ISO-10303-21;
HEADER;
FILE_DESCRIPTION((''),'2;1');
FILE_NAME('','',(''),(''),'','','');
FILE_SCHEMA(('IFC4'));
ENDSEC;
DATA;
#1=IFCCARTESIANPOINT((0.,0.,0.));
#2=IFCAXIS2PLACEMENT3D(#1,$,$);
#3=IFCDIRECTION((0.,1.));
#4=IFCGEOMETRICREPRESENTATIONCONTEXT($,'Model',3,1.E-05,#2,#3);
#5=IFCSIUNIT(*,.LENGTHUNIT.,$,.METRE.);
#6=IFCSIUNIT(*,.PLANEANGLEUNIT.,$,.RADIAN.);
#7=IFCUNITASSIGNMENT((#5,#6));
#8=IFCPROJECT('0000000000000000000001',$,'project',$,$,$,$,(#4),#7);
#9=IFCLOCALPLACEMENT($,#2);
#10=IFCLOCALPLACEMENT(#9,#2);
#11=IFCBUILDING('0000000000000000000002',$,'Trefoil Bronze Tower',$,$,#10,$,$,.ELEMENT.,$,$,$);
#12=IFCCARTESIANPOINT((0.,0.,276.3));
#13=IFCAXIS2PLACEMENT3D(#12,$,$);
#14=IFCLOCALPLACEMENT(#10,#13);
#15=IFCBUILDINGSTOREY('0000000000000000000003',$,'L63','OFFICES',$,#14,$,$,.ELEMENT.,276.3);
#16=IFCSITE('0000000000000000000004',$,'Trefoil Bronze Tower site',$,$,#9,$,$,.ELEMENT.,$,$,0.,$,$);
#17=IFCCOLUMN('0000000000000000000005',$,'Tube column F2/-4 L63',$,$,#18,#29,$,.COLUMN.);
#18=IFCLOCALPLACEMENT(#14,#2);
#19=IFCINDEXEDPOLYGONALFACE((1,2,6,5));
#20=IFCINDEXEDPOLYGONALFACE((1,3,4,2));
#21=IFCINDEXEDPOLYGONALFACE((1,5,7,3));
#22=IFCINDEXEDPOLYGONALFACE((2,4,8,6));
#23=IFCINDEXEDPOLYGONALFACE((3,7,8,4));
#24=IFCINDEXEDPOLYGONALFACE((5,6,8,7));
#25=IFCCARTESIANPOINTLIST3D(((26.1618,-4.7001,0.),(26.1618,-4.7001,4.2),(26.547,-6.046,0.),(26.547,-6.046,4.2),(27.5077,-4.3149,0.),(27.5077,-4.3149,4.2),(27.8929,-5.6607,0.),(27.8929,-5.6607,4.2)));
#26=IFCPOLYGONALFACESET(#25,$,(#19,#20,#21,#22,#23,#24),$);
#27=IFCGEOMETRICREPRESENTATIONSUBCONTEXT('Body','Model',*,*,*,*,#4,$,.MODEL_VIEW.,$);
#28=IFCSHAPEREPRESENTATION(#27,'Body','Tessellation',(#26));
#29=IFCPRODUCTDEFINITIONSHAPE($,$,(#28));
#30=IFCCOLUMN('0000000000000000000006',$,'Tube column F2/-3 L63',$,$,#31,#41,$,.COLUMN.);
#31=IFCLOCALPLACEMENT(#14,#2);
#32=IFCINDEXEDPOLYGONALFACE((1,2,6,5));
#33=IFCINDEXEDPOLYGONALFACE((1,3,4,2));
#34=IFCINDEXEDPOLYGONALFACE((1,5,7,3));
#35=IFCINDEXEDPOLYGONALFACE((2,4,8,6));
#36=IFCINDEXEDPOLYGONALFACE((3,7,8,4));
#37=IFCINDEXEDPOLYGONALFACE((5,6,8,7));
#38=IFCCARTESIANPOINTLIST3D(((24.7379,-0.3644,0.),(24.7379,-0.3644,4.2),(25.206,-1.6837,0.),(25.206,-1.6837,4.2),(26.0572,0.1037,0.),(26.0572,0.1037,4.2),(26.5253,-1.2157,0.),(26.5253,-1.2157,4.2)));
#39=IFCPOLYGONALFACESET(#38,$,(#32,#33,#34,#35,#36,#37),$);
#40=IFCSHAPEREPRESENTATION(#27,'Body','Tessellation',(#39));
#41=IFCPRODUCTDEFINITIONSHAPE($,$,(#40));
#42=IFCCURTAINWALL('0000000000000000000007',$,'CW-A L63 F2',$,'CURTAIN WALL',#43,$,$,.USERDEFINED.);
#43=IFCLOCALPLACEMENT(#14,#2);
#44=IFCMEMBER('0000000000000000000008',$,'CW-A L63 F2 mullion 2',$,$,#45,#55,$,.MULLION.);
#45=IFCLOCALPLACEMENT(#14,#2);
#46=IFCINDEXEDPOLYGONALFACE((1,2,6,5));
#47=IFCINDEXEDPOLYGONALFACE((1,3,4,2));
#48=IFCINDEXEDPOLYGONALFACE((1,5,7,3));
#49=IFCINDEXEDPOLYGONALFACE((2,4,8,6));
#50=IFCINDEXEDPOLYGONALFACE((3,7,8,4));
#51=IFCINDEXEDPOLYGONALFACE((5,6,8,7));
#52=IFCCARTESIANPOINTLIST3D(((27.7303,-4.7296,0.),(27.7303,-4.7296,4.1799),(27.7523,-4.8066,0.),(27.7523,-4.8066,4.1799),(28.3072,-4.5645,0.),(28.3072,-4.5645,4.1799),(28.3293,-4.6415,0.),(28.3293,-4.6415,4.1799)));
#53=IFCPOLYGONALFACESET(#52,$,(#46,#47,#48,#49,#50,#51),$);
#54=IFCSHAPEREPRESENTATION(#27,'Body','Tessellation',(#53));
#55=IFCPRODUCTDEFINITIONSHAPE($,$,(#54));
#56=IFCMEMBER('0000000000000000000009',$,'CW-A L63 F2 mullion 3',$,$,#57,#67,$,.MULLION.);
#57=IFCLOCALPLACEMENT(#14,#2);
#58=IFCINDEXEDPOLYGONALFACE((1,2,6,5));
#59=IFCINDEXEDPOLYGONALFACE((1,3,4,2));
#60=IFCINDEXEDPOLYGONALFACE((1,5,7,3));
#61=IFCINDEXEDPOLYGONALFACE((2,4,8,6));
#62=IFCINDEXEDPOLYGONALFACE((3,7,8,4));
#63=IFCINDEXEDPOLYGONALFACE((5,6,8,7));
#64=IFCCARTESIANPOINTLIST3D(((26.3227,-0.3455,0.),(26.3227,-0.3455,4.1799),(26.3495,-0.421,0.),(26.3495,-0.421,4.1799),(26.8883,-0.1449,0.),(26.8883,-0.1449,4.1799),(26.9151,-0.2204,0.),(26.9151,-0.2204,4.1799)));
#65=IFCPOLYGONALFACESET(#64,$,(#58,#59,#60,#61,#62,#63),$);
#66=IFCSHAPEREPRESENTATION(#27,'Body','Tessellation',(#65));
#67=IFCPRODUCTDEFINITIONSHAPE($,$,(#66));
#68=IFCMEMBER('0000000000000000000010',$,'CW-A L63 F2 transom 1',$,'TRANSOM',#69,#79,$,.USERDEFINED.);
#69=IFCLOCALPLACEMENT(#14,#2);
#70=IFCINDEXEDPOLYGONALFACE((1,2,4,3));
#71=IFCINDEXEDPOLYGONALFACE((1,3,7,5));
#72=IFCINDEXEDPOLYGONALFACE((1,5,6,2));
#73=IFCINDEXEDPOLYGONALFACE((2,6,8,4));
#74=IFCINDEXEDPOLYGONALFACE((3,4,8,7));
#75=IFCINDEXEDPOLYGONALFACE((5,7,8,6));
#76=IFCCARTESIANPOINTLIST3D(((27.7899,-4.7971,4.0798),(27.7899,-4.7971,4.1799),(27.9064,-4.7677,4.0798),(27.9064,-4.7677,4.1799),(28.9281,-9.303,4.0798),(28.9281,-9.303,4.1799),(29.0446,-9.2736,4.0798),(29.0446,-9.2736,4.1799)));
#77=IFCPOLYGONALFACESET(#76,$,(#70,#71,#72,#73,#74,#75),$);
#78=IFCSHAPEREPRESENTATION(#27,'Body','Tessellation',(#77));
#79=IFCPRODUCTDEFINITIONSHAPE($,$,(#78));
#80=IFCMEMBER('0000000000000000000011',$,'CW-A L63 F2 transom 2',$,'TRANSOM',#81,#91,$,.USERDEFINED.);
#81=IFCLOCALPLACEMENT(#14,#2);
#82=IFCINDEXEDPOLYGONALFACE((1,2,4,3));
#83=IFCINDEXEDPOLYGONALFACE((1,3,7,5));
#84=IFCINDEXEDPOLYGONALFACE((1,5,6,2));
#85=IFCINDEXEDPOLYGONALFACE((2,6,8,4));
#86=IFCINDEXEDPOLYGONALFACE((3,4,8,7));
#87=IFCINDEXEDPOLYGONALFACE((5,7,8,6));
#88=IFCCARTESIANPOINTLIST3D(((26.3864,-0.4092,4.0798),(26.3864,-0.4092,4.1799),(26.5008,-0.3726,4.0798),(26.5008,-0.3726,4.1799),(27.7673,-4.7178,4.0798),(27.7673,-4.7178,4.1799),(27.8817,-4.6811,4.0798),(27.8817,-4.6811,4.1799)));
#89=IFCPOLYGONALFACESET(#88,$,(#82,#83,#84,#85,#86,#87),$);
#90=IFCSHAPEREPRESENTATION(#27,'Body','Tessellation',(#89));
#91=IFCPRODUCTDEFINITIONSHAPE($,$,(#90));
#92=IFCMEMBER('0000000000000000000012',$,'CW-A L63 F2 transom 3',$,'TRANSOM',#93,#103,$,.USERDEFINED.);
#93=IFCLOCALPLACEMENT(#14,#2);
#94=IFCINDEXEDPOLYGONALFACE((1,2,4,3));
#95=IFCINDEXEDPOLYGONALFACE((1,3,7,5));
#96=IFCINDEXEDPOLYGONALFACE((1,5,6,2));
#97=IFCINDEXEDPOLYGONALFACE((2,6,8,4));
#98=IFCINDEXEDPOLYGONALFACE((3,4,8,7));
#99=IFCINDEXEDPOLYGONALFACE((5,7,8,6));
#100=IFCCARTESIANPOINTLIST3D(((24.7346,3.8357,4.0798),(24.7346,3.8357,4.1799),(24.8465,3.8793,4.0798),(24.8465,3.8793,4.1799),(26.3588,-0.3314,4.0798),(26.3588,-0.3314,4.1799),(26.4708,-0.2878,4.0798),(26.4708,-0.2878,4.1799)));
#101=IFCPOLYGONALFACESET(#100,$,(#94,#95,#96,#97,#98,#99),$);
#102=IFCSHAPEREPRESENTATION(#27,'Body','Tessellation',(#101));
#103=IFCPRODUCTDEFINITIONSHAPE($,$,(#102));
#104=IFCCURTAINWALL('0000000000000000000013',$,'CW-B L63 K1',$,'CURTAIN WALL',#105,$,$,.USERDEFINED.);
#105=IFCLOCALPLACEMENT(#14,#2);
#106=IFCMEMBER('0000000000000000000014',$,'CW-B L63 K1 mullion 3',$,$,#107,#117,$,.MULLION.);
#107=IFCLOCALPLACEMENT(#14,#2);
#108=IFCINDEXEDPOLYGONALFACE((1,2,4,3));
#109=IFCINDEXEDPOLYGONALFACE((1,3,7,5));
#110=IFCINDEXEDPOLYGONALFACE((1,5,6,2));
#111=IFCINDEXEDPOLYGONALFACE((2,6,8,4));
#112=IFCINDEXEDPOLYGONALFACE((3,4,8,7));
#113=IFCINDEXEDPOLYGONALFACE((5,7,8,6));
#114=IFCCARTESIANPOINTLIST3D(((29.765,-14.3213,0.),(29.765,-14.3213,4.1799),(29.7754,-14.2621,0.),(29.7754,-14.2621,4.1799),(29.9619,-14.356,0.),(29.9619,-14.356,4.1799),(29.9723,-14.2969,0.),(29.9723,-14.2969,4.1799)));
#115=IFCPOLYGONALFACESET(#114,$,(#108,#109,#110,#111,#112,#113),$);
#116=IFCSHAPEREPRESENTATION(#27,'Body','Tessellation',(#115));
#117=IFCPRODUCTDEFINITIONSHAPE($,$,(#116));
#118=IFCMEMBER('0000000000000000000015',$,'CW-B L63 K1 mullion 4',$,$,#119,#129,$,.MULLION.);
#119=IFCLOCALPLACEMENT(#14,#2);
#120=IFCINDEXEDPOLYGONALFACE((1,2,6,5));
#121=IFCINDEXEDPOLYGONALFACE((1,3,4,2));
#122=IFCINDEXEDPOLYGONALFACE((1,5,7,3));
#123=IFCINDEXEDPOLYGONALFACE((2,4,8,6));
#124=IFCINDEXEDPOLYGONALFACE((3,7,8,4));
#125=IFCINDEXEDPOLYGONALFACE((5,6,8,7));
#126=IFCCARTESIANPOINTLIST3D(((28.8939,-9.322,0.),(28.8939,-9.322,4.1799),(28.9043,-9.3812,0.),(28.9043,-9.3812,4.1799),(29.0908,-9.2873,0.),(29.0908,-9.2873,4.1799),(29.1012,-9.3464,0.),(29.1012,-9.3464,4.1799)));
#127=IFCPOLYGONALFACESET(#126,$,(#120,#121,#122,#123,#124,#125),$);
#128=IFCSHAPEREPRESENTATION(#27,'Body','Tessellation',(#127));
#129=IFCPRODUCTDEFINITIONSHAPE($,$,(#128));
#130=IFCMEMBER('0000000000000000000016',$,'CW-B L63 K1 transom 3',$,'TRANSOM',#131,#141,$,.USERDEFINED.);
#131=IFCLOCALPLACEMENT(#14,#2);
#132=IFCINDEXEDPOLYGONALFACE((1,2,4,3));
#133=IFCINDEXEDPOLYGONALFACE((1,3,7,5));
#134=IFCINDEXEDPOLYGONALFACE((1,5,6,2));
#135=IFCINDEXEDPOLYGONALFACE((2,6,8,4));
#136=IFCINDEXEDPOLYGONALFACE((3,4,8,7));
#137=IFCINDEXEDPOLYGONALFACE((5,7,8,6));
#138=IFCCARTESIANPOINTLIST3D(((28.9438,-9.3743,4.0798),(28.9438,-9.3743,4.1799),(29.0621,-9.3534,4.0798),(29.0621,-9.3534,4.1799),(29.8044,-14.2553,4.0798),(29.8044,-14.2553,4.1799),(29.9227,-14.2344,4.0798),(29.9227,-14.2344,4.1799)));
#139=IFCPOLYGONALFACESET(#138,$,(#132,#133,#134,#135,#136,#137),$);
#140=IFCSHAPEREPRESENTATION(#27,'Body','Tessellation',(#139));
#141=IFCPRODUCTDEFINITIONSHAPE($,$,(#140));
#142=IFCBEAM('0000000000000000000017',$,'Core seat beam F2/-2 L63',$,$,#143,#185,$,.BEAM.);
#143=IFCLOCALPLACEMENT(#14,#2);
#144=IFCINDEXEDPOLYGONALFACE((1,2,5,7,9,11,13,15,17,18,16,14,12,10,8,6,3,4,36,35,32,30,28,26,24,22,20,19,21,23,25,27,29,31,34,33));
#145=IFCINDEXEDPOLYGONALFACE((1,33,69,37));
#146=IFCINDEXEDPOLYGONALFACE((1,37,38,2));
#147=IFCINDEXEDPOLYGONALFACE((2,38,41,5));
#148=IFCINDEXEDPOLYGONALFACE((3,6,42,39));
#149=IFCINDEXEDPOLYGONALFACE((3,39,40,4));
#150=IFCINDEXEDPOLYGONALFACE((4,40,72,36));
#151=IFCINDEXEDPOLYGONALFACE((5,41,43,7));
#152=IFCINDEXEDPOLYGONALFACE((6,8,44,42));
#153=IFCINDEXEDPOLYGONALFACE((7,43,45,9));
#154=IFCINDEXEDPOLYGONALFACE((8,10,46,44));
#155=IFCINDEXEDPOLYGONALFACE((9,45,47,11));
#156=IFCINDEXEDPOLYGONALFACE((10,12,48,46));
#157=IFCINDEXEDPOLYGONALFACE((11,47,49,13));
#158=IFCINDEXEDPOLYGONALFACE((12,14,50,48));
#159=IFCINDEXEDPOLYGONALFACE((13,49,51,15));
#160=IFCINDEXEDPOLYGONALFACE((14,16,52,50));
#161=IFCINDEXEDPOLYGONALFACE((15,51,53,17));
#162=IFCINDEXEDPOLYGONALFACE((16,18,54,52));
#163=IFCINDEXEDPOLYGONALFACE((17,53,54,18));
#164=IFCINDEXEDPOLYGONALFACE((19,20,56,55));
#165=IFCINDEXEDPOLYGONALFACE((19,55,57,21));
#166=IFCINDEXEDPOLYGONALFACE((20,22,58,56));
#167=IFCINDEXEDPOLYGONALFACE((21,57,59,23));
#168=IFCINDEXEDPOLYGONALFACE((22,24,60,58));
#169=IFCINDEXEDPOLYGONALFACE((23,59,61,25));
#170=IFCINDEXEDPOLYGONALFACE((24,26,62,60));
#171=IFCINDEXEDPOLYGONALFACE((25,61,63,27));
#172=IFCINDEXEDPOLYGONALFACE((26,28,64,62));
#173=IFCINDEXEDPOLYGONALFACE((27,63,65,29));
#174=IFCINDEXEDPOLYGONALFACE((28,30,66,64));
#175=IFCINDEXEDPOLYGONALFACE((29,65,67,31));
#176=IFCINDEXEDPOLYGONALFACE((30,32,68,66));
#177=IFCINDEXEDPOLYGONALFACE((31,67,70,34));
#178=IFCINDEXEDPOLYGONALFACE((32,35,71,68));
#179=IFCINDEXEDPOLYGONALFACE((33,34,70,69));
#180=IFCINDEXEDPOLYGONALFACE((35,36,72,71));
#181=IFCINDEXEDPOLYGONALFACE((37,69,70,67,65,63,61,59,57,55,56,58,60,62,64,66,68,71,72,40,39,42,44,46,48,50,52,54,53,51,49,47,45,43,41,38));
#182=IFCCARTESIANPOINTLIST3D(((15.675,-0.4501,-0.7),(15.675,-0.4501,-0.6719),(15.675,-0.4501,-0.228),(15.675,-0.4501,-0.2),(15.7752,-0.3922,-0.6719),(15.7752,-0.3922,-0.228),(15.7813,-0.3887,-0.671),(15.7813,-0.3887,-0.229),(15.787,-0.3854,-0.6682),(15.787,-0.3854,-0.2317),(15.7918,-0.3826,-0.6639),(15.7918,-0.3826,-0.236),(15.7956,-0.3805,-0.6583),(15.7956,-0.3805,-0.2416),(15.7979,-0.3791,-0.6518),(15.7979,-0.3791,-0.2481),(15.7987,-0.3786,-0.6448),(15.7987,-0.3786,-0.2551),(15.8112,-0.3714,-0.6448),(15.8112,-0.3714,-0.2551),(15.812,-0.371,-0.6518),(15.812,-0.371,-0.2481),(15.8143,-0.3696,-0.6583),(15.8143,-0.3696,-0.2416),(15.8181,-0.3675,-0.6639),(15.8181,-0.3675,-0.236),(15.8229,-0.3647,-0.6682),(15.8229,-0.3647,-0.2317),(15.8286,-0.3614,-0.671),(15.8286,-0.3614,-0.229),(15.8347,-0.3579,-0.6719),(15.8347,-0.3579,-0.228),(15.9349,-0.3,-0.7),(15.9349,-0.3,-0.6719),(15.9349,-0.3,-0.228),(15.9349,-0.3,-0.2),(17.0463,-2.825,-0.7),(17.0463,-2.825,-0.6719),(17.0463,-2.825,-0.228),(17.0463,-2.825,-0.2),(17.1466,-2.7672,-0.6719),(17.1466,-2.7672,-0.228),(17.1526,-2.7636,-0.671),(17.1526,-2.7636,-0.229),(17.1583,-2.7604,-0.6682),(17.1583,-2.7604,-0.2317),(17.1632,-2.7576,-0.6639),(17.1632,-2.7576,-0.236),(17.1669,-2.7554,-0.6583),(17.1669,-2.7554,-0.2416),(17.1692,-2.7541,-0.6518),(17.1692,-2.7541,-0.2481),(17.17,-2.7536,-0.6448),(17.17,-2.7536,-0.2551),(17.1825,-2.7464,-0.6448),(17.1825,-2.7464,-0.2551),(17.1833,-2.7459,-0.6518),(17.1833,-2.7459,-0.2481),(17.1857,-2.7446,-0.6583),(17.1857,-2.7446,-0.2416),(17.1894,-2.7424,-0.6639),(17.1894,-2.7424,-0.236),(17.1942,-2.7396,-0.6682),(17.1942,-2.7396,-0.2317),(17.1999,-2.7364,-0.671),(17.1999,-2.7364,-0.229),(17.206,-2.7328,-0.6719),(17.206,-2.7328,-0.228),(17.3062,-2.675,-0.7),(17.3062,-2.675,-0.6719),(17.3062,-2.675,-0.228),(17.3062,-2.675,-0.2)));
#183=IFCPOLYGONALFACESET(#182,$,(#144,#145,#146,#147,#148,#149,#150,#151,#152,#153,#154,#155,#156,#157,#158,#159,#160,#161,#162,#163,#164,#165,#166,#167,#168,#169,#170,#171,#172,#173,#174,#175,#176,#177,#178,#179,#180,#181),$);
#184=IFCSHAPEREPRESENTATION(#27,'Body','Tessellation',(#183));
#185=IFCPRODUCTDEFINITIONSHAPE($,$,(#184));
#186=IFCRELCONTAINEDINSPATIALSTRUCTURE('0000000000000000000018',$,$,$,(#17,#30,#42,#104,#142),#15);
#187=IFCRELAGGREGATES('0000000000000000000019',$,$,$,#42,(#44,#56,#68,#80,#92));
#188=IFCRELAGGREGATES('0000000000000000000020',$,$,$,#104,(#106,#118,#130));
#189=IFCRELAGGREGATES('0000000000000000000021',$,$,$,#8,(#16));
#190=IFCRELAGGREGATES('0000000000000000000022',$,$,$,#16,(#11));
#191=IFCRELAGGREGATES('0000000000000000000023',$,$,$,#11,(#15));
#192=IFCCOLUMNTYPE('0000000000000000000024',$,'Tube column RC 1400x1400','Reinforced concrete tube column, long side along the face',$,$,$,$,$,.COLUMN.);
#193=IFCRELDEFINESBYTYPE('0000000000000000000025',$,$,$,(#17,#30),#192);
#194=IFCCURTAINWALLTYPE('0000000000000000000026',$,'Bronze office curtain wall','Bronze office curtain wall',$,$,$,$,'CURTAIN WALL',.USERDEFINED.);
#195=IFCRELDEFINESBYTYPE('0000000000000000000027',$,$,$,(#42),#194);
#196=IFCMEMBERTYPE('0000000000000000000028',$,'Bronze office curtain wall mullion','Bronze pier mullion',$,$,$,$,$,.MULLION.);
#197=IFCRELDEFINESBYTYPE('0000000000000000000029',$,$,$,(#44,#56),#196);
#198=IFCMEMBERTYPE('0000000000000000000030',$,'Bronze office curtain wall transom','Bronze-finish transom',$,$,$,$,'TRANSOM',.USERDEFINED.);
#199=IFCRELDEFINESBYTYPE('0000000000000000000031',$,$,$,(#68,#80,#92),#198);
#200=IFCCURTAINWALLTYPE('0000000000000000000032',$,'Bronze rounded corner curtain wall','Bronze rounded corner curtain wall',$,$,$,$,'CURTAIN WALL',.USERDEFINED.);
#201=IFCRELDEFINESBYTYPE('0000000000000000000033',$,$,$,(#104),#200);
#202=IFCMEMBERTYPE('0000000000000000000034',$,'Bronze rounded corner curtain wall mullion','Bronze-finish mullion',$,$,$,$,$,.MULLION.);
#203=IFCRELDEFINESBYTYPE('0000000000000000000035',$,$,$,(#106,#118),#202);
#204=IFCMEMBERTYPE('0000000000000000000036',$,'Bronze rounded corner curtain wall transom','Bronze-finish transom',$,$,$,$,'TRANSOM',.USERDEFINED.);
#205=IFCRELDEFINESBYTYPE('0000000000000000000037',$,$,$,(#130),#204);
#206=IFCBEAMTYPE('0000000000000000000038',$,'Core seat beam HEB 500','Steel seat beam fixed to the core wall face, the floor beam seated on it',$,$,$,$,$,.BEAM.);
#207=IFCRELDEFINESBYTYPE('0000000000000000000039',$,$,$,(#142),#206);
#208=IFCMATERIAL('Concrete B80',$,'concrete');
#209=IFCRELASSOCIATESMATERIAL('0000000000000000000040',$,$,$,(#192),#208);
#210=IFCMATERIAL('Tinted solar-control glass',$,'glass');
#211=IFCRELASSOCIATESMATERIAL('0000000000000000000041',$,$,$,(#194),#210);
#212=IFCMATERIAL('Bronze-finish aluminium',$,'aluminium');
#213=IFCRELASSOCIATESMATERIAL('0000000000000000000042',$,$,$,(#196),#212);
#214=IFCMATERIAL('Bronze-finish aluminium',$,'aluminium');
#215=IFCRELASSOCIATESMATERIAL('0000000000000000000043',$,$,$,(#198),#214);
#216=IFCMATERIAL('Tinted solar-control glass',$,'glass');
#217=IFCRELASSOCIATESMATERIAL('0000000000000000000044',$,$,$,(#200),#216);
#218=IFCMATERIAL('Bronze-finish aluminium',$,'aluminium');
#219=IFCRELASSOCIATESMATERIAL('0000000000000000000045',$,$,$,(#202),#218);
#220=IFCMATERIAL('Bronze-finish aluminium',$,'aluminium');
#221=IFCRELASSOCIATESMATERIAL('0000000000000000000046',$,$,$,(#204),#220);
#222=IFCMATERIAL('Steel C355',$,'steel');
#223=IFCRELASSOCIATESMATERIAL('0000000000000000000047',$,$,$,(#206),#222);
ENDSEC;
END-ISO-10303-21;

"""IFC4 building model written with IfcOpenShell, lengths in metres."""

from ifc_helpers import new_model, si_unit, direction, frame, origin, origin_2d, place, context, subcontext, project, spatial, rectangle, i_section, extrude, material, material_profile, profile_set, type_object, element, aggregate, save


model = new_model("IFC4")

# Units and contexts
model_context = context("Model", 3, precision=1e-05, world=origin(), true_north=direction((0.0, 1.0)))
body_context = subcontext(model_context, "Body", "Model", "MODEL_VIEW")
ifc_project = project(units=[si_unit("LENGTHUNIT", "METRE"), si_unit("PLANEANGLEUNIT", "RADIAN")], contexts=[model_context])

# Site, building, storey
site_placement = place(None, origin())
site = spatial("IfcSite", under=ifc_project, at=site_placement, Name="Trefoil Bronze Tower site", CompositionType="ELEMENT", RefElevation=0.0)
building_placement = place(site_placement, origin())
building = spatial("IfcBuilding", under=site, at=building_placement, Name="Trefoil Bronze Tower", CompositionType="ELEMENT")
storey_placement = place(building_placement, frame((0.0, 0.0, 276.3)))
storey = spatial("IfcBuildingStorey", under=building, at=storey_placement, Name="L63", Description="OFFICES", CompositionType="ELEMENT", Elevation=276.3)

# Columns
ifc_material_1 = material(Name="Concrete B80", Category="concrete")
ifc_material_profile_1 = material_profile(ifc_material_1, rectangle(XDim=1.3999, YDim=1.3999, at=origin_2d()), Name="RC 1400x1400")
ifc_profile_set_1 = profile_set([ifc_material_profile_1], Name="Concrete B80")
column_type = type_object("IfcColumnType", Name="Tube column RC 1400x1400", Description="Reinforced concrete tube column, long side along the face", PredefinedType="COLUMN", material=ifc_profile_set_1)
for number, where, z_axis, x_axis, name in (
    (1, (27.0273, -5.1804, 0.0), (0.0, 0.0, 1.0), (-0.275169, 0.961396, 0.0), "Tube column F2/-4 L63"),
    (2, (25.6316, -0.79, 0.0), (0.0, 0.0, 1.0), (-0.334352, 0.942448, 0.0), "Tube column F2/-3 L63"),
):
    element("IfcColumn", number, at=place(storey_placement, frame(where, z_axis=z_axis, x_axis=x_axis)), inside=storey, type_object=column_type, Name=name, PredefinedType="COLUMN", context=body_context, shape_type="SweptSolid", body=[
        extrude(rectangle(XDim=1.3999, YDim=1.3999, at=origin_2d()), origin(), (0.0, 0.0, 1.0), 4.2),
    ])

# Curtain walls, members
ifc_material_2 = material(Name="Tinted solar-control glass", Category="glass")
curtain_wall_type_1 = type_object("IfcCurtainWallType", Name="Bronze office curtain wall", Description="Bronze office curtain wall", ElementType="CURTAIN WALL", PredefinedType="USERDEFINED", material=ifc_material_2)
curtain_wall_1_placement = place(storey_placement, origin())
curtain_wall_1 = element("IfcCurtainWall", 3, at=curtain_wall_1_placement, inside=storey, type_object=curtain_wall_type_1, Name="CW-A L63 F2", ObjectType="CURTAIN WALL", PredefinedType="USERDEFINED")
ifc_material_3 = material(Name="Bronze-finish aluminium", Category="aluminium")
ifc_material_profile_2 = material_profile(ifc_material_3, rectangle(XDim=0.6001, YDim=0.0801, at=origin_2d()), Name="CW-A mullion")
ifc_profile_set_2 = profile_set([ifc_material_profile_2], Name="Bronze-finish aluminium")
member_type_1 = type_object("IfcMemberType", Name="Bronze office curtain wall mullion", Description="Bronze pier mullion", PredefinedType="MULLION", material=ifc_profile_set_2)
member_1_placement = place(storey_placement, frame((28.0298, -4.6855, 0.0), z_axis=(0.0, 0.0, 1.0), x_axis=(-0.961396, -0.275169, 0.0)))
member_1 = element("IfcMember", 4, at=member_1_placement, type_object=member_type_1, Name="CW-A L63 F2 mullion 2", PredefinedType="MULLION", context=body_context, shape_type="SweptSolid", body=[
    extrude(rectangle(XDim=0.6001, YDim=0.0801, at=origin_2d()), origin(), (0.0, 0.0, 1.0), 4.1799),
])
member_2_placement = place(storey_placement, frame((26.6189, -0.283, 0.0), z_axis=(0.0, 0.0, 1.0), x_axis=(-0.942448, -0.334352, 0.0)))
member_2 = element("IfcMember", 5, at=member_2_placement, type_object=member_type_1, Name="CW-A L63 F2 mullion 3", PredefinedType="MULLION", context=body_context, shape_type="SweptSolid", body=[
    extrude(rectangle(XDim=0.6001, YDim=0.0801, at=origin_2d()), origin(), (0.0, 0.0, 1.0), 4.1799),
])
ifc_material_4 = material(Name="Bronze-finish aluminium", Category="aluminium")
ifc_material_profile_3 = material_profile(ifc_material_4, rectangle(XDim=0.1201, YDim=0.1001, at=origin_2d()), Name="CW-A transom")
ifc_profile_set_3 = profile_set([ifc_material_profile_3], Name="Bronze-finish aluminium")
member_type_2 = type_object("IfcMemberType", Name="Bronze office curtain wall transom", Description="Bronze-finish transom", ElementType="TRANSOM", PredefinedType="USERDEFINED", material=ifc_profile_set_3)
member_3_placement = place(storey_placement, frame((28.9863, -9.2883, 4.1299), z_axis=(-0.244908, 0.969546, 0.0), x_axis=(-0.969546, -0.244908, 0.0)))
member_3 = element("IfcMember", 6, at=member_3_placement, type_object=member_type_2, Name="CW-A L63 F2 transom 1", ObjectType="TRANSOM", PredefinedType="USERDEFINED", context=body_context, shape_type="SweptSolid", body=[
    extrude(rectangle(XDim=0.1201, YDim=0.1001, at=origin_2d()), origin(), (0.0, 0.0, 1.0), 4.6475),
])
member_4_placement = place(storey_placement, frame((27.8245, -4.6995, 4.1299), z_axis=(-0.305199, 0.952289, 0.0), x_axis=(-0.952289, -0.305199, 0.0)))
member_4 = element("IfcMember", 7, at=member_4_placement, type_object=member_type_2, Name="CW-A L63 F2 transom 2", ObjectType="TRANSOM", PredefinedType="USERDEFINED", context=body_context, shape_type="SweptSolid", body=[
    extrude(rectangle(XDim=0.1201, YDim=0.1001, at=origin_2d()), origin(), (0.0, 0.0, 1.0), 4.5244),
])
member_5_placement = place(storey_placement, frame((26.4148, -0.3096, 4.1299), z_axis=(-0.363178, 0.93172, 0.0), x_axis=(-0.93172, -0.363178, 0.0)))
member_5 = element("IfcMember", 8, at=member_5_placement, type_object=member_type_2, Name="CW-A L63 F2 transom 3", ObjectType="TRANSOM", PredefinedType="USERDEFINED", context=body_context, shape_type="SweptSolid", body=[
    extrude(rectangle(XDim=0.1201, YDim=0.1001, at=origin_2d()), origin(), (0.0, 0.0, 1.0), 4.4724),
])
ifc_material_5 = material(Name="Tinted solar-control glass", Category="glass")
curtain_wall_type_2 = type_object("IfcCurtainWallType", Name="Bronze rounded corner curtain wall", Description="Bronze rounded corner curtain wall", ElementType="CURTAIN WALL", PredefinedType="USERDEFINED", material=ifc_material_5)
curtain_wall_2_placement = place(storey_placement, origin())
curtain_wall_2 = element("IfcCurtainWall", 9, at=curtain_wall_2_placement, inside=storey, type_object=curtain_wall_type_2, Name="CW-B L63 K1", ObjectType="CURTAIN WALL", PredefinedType="USERDEFINED")
ifc_material_6 = material(Name="Bronze-finish aluminium", Category="aluminium")
ifc_material_profile_4 = material_profile(ifc_material_6, rectangle(XDim=0.2, YDim=0.0601, at=origin_2d()), Name="CW-B mullion")
ifc_profile_set_4 = profile_set([ifc_material_profile_4], Name="Bronze-finish aluminium")
member_type_3 = type_object("IfcMemberType", Name="Bronze rounded corner curtain wall mullion", Description="Bronze-finish mullion", PredefinedType="MULLION", material=ifc_profile_set_4)
member_6_placement = place(storey_placement, frame((29.8687, -14.3091, 0.0), z_axis=(0.0, 0.0, 1.0), x_axis=(-0.984808, 0.173648, 0.0)))
member_6 = element("IfcMember", 10, at=member_6_placement, type_object=member_type_3, Name="CW-B L63 K1 mullion 3", PredefinedType="MULLION", context=body_context, shape_type="SweptSolid", body=[
    extrude(rectangle(XDim=0.2, YDim=0.0601, at=origin_2d()), origin(), (0.0, 0.0, 1.0), 4.1799),
])
member_7_placement = place(storey_placement, frame((28.9976, -9.3342, 0.0), z_axis=(0.0, 0.0, 1.0), x_axis=(-0.984808, -0.173648, 0.0)))
member_7 = element("IfcMember", 11, at=member_7_placement, type_object=member_type_3, Name="CW-B L63 K1 mullion 4", PredefinedType="MULLION", context=body_context, shape_type="SweptSolid", body=[
    extrude(rectangle(XDim=0.2, YDim=0.0601, at=origin_2d()), origin(), (0.0, 0.0, 1.0), 4.1799),
])
ifc_material_7 = material(Name="Bronze-finish aluminium", Category="aluminium")
ifc_material_profile_5 = material_profile(ifc_material_7, rectangle(XDim=0.1201, YDim=0.1001, at=origin_2d()), Name="CW-B transom")
ifc_profile_set_5 = profile_set([ifc_material_profile_5], Name="Bronze-finish aluminium")
member_type_4 = type_object("IfcMemberType", Name="Bronze rounded corner curtain wall transom", Description="Bronze-finish transom", ElementType="TRANSOM", PredefinedType="USERDEFINED", material=ifc_profile_set_5)
member_8_placement = place(storey_placement, frame((29.8635, -14.2449, 4.1299), z_axis=(-0.173634, 0.98481, 0.0), x_axis=(-0.98481, -0.173634, 0.0)))
member_8 = element("IfcMember", 12, at=member_8_placement, type_object=member_type_4, Name="CW-B L63 K1 transom 3", ObjectType="TRANSOM", PredefinedType="USERDEFINED", context=body_context, shape_type="SweptSolid", body=[
    extrude(rectangle(XDim=0.1201, YDim=0.1001, at=origin_2d()), origin(), (0.0, 0.0, 1.0), 4.9563),
])

# Beam
ifc_material_8 = material(Name="Steel C355", Category="steel")
ifc_material_profile_6 = material_profile(ifc_material_8, i_section(OverallWidth=0.3, OverallDepth=0.5, WebThickness=0.0144, FlangeThickness=0.0281, FilletRadius=0.0271, at=origin_2d()), Name="HEB 500")
ifc_profile_set_6 = profile_set([ifc_material_profile_6], Name="Steel C355")
beam_type_1 = type_object("IfcBeamType", Name="Core seat beam HEB 500", Description="Steel seat beam fixed to the core wall face, the floor beam seated on it", PredefinedType="BEAM", material=ifc_profile_set_6)
beam_1_placement = place(storey_placement, frame((17.1763, -2.75, -0.45), z_axis=(-0.500036, 0.866005, 0.0), x_axis=(-0.866005, -0.500036, 0.0)))
element("IfcBeam", 13, at=beam_1_placement, inside=storey, type_object=beam_type_1, Name="Core seat beam F2/-2 L63", PredefinedType="BEAM", context=body_context, shape_type="SweptSolid", body=[
    extrude(i_section(OverallWidth=0.3, OverallDepth=0.5, WebThickness=0.0144, FlangeThickness=0.0281, FilletRadius=0.0271, at=origin_2d()), origin(), (0.0, 0.0, 1.0), 2.7424),
])

aggregate(curtain_wall_1, [member_1, member_2, member_3, member_4, member_5])
aggregate(curtain_wall_2, [member_6, member_7, member_8])

save(model, "model.ifc")
